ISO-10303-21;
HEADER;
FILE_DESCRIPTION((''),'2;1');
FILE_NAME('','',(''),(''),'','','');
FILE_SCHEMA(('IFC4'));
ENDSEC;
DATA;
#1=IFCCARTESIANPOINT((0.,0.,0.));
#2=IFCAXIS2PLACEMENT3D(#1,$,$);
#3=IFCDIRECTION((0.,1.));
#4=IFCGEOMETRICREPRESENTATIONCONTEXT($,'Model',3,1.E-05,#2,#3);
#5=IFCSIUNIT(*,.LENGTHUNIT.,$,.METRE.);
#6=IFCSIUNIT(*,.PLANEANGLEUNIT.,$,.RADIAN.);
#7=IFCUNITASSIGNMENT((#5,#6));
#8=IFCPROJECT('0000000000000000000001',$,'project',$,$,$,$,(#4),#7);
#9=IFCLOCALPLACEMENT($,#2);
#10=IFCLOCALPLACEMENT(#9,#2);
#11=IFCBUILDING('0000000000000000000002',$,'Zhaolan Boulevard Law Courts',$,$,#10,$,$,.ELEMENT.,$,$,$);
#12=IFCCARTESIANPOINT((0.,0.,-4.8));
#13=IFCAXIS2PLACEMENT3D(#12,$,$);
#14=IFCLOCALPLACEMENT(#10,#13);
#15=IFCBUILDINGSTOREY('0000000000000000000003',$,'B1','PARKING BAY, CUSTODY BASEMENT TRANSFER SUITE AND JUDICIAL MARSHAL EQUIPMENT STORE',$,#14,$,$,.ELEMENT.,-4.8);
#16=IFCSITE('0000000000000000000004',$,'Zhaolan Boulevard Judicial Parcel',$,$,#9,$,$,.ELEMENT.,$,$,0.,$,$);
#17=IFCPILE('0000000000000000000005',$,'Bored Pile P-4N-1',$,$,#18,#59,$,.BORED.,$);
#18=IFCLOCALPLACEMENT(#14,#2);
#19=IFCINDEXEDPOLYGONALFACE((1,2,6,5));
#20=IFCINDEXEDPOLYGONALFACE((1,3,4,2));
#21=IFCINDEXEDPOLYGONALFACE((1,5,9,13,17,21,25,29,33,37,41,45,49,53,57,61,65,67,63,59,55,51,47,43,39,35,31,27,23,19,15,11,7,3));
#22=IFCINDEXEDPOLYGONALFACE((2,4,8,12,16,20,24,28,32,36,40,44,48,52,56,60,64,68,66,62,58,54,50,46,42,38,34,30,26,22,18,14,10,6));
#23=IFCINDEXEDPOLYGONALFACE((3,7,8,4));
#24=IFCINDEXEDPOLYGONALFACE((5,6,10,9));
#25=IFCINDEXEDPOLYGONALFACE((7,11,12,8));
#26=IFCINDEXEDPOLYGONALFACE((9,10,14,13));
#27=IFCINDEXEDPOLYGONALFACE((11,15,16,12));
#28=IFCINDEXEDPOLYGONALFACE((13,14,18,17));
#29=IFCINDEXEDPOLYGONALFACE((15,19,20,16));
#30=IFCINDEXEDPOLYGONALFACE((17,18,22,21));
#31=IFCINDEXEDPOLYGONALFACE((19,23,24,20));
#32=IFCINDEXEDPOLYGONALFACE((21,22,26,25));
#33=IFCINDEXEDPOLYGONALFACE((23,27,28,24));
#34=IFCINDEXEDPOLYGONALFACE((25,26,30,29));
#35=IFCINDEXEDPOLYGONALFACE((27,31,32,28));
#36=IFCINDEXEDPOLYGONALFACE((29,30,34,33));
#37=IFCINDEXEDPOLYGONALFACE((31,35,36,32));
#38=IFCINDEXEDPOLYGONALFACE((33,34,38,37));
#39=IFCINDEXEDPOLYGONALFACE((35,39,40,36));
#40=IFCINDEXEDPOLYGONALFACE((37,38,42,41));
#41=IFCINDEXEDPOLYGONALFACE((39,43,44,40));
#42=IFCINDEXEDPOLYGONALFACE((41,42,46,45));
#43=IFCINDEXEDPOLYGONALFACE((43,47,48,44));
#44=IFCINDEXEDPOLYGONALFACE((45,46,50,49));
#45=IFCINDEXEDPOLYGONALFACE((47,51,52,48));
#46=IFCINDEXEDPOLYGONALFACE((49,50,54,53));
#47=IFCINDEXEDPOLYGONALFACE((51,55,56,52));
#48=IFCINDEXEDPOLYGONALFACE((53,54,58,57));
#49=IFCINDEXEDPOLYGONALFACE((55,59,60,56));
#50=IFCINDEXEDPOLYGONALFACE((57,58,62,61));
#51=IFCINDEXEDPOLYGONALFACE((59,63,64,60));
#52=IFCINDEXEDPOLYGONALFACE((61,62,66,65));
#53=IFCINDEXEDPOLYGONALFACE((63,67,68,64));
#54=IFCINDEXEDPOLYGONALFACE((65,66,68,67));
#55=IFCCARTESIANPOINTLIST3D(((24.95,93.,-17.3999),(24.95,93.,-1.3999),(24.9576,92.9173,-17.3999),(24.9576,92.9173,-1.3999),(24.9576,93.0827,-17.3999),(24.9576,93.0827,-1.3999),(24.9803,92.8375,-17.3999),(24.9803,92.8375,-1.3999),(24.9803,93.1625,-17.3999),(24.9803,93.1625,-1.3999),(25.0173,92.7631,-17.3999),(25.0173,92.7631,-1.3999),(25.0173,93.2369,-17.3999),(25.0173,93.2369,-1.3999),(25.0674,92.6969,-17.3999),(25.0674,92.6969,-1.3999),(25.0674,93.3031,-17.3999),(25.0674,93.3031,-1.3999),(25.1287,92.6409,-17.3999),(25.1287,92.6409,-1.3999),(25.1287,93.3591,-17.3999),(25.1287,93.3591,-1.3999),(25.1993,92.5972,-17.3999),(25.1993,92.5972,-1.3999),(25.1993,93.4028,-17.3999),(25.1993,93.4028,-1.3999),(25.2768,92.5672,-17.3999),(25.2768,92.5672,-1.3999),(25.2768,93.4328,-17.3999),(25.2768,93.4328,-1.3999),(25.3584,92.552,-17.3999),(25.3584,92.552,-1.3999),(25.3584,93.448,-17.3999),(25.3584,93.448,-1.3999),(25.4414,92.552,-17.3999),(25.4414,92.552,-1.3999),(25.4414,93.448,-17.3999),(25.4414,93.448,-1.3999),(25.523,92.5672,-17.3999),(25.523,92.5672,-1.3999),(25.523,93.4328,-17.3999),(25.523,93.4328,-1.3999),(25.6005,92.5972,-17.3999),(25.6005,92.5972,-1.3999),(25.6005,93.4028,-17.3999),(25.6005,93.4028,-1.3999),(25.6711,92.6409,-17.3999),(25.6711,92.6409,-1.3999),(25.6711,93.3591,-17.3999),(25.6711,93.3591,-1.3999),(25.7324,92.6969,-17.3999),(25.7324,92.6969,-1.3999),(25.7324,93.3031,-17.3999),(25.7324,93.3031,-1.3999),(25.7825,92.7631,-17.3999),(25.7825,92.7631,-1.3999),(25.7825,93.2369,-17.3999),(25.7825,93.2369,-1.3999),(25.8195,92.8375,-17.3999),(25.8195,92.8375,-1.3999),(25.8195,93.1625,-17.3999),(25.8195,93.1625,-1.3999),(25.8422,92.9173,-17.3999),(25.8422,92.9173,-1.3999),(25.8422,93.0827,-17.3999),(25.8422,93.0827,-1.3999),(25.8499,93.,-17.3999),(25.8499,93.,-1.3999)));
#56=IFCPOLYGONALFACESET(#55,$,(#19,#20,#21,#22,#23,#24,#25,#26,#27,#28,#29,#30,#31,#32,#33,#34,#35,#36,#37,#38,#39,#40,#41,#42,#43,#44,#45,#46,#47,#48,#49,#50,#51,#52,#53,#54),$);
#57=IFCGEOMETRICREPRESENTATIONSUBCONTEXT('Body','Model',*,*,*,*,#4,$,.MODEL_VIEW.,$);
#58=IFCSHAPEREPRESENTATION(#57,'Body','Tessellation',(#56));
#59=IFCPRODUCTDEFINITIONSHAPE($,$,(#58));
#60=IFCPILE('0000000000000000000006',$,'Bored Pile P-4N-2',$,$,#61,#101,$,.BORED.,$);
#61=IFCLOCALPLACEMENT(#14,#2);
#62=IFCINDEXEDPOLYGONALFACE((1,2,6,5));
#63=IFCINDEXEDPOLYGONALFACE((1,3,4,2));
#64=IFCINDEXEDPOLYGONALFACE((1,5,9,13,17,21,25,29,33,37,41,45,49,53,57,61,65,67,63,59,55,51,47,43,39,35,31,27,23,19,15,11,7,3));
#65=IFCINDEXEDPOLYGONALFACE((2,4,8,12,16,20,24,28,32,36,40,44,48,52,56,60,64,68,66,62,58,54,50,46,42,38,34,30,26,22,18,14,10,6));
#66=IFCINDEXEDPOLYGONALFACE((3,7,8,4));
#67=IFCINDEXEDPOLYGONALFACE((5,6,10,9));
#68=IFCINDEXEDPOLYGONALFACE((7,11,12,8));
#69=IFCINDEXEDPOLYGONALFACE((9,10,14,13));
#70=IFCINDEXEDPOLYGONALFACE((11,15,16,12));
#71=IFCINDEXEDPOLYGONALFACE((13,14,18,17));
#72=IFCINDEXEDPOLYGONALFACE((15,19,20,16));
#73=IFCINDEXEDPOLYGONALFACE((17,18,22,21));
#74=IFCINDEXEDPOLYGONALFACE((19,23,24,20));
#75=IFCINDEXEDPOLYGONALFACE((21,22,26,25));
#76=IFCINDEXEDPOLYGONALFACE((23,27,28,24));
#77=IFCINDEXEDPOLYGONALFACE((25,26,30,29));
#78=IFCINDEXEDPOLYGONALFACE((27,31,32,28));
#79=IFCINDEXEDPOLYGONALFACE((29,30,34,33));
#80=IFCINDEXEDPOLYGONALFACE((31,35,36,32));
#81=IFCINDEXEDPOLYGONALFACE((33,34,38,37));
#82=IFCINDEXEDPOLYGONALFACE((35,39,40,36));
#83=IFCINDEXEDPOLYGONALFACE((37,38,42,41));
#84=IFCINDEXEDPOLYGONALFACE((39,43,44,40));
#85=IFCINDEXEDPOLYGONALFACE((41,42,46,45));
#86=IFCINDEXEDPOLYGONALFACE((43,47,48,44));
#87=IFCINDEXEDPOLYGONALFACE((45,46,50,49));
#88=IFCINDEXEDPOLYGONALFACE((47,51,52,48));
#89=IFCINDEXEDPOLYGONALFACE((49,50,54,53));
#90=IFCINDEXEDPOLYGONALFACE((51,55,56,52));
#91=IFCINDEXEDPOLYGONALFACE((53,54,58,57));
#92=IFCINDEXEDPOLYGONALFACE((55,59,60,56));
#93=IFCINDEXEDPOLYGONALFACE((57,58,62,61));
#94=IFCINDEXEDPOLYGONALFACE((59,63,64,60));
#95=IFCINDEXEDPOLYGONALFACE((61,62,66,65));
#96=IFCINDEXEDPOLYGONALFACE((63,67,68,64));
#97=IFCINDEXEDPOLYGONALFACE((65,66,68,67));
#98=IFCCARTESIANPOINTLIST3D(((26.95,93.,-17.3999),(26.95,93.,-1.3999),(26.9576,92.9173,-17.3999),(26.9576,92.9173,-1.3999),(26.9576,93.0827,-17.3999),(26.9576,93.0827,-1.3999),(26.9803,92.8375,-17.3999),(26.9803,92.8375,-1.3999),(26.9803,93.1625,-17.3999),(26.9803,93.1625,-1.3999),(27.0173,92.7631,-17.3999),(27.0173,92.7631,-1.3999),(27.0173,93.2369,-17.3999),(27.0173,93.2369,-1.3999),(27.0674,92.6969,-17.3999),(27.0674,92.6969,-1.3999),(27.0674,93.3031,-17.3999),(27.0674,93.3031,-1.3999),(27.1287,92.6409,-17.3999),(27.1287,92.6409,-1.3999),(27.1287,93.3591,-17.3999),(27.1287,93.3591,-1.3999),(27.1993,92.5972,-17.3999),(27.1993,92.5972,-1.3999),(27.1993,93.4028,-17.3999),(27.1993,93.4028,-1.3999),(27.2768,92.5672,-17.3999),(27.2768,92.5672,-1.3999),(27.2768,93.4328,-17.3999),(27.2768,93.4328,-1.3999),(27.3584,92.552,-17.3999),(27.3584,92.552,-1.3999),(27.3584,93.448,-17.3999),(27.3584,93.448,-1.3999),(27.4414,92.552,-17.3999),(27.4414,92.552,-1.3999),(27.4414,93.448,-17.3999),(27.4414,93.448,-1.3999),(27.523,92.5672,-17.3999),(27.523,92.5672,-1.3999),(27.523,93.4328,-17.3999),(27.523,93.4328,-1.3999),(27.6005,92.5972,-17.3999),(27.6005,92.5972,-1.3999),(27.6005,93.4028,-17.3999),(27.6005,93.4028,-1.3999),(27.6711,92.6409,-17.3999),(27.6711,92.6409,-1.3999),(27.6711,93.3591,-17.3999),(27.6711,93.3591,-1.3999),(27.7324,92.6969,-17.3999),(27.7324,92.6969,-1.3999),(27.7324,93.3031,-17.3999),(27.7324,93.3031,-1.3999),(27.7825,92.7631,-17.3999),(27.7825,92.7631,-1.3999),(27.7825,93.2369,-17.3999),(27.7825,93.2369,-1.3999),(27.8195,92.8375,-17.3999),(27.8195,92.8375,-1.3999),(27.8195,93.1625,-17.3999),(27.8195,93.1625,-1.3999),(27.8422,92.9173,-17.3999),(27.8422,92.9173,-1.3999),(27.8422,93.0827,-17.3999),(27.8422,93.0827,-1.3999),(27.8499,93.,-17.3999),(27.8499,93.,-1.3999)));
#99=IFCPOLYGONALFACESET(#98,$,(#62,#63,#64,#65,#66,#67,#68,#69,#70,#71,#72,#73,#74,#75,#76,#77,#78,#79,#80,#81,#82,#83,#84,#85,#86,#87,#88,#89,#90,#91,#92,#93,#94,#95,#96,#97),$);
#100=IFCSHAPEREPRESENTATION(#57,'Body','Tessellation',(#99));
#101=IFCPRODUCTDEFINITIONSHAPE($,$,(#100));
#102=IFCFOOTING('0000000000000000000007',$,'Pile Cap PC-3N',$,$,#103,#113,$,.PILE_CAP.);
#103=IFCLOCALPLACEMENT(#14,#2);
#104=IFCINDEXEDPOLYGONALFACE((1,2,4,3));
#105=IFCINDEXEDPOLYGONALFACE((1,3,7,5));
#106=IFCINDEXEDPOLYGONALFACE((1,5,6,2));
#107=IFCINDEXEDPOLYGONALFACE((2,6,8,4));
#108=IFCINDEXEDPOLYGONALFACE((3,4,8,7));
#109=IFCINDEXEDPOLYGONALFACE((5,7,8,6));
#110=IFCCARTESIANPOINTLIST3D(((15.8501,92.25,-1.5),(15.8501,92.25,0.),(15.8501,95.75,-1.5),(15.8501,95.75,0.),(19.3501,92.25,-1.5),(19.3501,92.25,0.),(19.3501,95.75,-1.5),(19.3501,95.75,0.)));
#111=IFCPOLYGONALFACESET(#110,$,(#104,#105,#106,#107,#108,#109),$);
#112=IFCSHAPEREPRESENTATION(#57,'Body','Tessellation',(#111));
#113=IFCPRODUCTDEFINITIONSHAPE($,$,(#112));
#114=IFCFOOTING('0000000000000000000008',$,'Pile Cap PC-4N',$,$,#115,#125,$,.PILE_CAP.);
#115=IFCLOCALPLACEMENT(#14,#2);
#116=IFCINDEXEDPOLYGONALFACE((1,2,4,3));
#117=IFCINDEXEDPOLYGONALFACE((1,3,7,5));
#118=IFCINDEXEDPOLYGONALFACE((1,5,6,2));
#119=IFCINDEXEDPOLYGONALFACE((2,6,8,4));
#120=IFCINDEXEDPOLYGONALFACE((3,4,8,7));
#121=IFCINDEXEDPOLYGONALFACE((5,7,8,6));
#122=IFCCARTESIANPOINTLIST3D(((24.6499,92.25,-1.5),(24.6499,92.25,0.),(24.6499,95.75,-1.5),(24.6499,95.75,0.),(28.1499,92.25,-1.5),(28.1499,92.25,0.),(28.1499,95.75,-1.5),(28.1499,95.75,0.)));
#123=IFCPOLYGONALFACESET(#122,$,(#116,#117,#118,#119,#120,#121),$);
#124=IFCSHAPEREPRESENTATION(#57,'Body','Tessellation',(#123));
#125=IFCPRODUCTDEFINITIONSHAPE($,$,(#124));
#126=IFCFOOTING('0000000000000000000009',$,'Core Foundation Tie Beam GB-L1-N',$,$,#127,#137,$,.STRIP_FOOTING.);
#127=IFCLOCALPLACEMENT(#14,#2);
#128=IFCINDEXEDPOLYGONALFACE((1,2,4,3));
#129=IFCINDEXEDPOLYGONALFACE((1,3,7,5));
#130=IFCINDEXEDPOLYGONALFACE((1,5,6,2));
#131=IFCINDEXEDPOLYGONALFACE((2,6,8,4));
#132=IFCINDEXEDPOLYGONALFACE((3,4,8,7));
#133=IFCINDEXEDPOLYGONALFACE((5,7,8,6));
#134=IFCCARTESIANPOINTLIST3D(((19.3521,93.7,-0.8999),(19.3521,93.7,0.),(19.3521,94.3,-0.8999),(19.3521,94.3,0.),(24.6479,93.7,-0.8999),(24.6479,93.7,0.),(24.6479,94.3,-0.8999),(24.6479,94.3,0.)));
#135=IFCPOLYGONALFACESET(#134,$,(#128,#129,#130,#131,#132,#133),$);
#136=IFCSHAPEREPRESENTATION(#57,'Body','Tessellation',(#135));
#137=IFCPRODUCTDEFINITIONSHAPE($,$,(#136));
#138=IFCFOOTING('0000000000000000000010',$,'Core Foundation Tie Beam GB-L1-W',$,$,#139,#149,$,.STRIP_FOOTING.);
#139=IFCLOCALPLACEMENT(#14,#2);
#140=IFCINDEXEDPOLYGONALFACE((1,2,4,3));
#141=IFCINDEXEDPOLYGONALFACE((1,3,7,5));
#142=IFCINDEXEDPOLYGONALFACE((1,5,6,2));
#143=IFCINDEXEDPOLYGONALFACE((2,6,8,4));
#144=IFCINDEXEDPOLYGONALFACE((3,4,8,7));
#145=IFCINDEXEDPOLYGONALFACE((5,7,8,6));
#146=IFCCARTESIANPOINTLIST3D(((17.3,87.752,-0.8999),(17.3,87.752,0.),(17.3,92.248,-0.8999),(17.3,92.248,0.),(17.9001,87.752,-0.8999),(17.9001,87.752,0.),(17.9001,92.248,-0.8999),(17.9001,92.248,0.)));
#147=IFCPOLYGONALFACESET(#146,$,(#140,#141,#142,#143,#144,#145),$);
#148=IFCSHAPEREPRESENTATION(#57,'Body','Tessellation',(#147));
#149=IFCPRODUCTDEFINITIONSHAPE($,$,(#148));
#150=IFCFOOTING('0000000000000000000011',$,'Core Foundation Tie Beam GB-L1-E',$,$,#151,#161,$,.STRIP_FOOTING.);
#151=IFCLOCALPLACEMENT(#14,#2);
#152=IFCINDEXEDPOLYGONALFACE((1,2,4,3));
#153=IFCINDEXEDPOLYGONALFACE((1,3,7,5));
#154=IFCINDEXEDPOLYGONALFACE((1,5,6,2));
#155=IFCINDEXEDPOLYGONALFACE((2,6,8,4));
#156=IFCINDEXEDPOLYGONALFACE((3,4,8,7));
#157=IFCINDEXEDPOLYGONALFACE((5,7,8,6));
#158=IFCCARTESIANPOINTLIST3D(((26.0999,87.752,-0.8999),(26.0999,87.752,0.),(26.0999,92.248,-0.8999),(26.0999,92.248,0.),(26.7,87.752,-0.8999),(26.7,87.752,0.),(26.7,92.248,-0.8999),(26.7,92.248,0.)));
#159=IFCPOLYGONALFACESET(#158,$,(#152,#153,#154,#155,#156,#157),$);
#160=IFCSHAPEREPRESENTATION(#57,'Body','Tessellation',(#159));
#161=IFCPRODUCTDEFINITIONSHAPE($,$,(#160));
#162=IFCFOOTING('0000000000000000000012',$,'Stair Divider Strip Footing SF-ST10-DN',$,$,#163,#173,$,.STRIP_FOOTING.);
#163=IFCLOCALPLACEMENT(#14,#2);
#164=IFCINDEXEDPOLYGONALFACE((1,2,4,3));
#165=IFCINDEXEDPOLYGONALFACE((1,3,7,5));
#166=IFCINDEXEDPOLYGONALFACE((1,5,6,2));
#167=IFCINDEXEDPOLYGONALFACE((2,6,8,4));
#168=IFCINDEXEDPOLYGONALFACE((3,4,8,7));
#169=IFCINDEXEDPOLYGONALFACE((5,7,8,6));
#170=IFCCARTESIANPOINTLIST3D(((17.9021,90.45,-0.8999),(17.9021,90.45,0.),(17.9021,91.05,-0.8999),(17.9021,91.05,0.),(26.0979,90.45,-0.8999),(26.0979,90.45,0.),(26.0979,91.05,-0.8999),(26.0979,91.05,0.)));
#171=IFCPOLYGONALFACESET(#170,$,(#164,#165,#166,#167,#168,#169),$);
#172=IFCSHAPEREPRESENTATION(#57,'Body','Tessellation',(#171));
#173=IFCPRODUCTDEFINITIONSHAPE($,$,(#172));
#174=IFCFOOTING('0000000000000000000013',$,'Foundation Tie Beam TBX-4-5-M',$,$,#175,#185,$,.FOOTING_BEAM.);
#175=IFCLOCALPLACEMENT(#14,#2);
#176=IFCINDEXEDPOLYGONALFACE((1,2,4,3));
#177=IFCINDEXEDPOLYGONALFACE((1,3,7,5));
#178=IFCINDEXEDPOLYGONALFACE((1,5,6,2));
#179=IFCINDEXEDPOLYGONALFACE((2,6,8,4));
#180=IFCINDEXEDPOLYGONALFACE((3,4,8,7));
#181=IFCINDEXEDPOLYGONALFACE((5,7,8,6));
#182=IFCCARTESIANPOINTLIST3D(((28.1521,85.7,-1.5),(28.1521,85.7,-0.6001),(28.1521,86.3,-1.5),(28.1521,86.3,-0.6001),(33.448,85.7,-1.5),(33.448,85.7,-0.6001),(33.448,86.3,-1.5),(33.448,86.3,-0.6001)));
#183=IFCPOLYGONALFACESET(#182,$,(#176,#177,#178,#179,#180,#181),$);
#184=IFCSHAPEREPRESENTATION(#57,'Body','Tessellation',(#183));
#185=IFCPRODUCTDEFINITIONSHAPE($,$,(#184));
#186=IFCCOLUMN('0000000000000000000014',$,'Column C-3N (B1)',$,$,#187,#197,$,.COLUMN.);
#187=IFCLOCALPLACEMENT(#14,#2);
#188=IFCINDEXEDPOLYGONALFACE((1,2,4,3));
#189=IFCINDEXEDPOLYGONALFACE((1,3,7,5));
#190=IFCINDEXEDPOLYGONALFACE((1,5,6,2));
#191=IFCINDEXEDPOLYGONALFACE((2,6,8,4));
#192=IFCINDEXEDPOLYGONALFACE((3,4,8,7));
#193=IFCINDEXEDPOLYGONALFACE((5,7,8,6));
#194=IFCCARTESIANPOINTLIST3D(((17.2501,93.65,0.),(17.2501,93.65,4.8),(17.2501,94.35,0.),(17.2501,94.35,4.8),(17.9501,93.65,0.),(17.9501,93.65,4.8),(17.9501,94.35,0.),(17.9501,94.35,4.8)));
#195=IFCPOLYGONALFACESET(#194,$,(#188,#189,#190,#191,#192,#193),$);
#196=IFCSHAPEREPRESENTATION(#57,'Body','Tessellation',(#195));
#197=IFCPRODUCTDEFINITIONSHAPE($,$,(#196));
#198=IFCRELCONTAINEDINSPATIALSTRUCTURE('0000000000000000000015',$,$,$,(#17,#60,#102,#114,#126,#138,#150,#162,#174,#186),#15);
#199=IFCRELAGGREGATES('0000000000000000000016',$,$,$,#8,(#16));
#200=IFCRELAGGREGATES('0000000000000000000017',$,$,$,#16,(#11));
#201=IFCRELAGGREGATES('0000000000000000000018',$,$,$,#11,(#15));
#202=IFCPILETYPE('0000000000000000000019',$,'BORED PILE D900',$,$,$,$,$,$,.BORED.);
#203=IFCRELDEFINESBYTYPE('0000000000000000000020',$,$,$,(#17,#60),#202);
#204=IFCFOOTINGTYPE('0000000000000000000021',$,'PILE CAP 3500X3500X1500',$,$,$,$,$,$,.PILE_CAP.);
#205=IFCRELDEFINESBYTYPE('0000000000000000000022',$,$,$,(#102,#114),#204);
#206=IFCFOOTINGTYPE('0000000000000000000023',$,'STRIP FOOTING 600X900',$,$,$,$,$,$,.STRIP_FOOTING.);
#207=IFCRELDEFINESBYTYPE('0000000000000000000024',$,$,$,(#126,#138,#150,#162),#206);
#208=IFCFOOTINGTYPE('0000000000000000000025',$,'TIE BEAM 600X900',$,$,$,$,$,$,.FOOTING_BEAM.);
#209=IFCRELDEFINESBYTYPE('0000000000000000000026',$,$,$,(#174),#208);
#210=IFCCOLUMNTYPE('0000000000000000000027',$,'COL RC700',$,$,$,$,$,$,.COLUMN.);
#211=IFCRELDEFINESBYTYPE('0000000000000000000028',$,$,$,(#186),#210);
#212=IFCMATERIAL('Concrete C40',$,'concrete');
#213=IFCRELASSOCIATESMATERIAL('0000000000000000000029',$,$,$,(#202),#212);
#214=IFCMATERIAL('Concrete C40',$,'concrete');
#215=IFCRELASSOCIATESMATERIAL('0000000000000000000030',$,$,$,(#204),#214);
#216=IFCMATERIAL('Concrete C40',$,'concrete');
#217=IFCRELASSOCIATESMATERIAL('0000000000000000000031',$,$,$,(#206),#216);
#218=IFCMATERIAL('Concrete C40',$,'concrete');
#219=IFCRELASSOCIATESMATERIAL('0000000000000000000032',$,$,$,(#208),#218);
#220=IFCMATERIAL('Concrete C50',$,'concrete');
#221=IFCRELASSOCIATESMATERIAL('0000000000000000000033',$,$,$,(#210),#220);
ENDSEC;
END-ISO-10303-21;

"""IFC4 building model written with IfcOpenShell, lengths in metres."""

from ifc_helpers import new_model, si_unit, direction, frame, origin, origin_2d, place, context, subcontext, project, spatial, rectangle, circle, extrude, material, material_profile, profile_set, type_object, element, save


model = new_model("IFC4")

# Units and contexts
model_context = context("Model", 3, precision=1e-05, world=origin(), true_north=direction((0.0, 1.0)))
body_context = subcontext(model_context, "Body", "Model", "MODEL_VIEW")
ifc_project = project(units=[si_unit("LENGTHUNIT", "METRE"), si_unit("PLANEANGLEUNIT", "RADIAN")], contexts=[model_context])

# Site, building, storey
site_placement = place(None, origin())
site = spatial("IfcSite", under=ifc_project, at=site_placement, Name="Zhaolan Boulevard Judicial Parcel", CompositionType="ELEMENT", RefElevation=0.0)
building_placement = place(site_placement, origin())
building = spatial("IfcBuilding", under=site, at=building_placement, Name="Zhaolan Boulevard Law Courts", CompositionType="ELEMENT")
storey_placement = place(building_placement, frame((0.0, 0.0, -4.8)))
storey = spatial("IfcBuildingStorey", under=building, at=storey_placement, Name="B1", Description="PARKING BAY, CUSTODY BASEMENT TRANSFER SUITE AND JUDICIAL MARSHAL EQUIPMENT STORE", CompositionType="ELEMENT", Elevation=-4.8)

# Piles
ifc_material_1 = material(Name="Concrete C40", Category="concrete")
ifc_material_profile_1 = material_profile(ifc_material_1, circle(Radius=0.45, at=origin_2d()), Name="PILE-D900")
ifc_profile_set_1 = profile_set([ifc_material_profile_1], Name="Concrete C40")
pile_type = type_object("IfcPileType", Name="BORED PILE D900", PredefinedType="BORED", material=ifc_profile_set_1)
for number, where, z_axis, x_axis, name in (
    (1, (25.3999, 93.0, -1.3999), (0.0, 0.0, -1.0), (1.0, 0.0, 0.0), "Bored Pile P-4N-1"),
    (2, (27.3999, 93.0, -1.3999), (0.0, 0.0, -1.0), (1.0, 0.0, 0.0), "Bored Pile P-4N-2"),
):
    element("IfcPile", number, at=place(storey_placement, frame(where, z_axis=z_axis, x_axis=x_axis)), inside=storey, type_object=pile_type, Name=name, PredefinedType="BORED", context=body_context, shape_type="SweptSolid", body=[
        extrude(circle(Radius=0.45, at=origin_2d()), origin(), (0.0, 0.0, 1.0), 16.0),
    ])

# Footings
ifc_material_2 = material(Name="Concrete C40", Category="concrete")
footing_type_1 = type_object("IfcFootingType", Name="PILE CAP 3500X3500X1500", PredefinedType="PILE_CAP", material=ifc_material_2)
for number, where, z_axis, x_axis, name in (
    (3, (17.6001, 94.0, -1.5), (0.0, 0.0, 1.0), (1.0, 0.0, 0.0), "Pile Cap PC-3N"),
    (4, (26.3999, 94.0, -1.5), (0.0, 0.0, 1.0), (1.0, 0.0, 0.0), "Pile Cap PC-4N"),
):
    element("IfcFooting", number, at=place(storey_placement, frame(where, z_axis=z_axis, x_axis=x_axis)), inside=storey, type_object=footing_type_1, Name=name, PredefinedType="PILE_CAP", context=body_context, shape_type="SweptSolid", body=[
        extrude(rectangle(XDim=3.5, YDim=3.5, at=origin_2d()), origin(), (0.0, 0.0, 1.0), 1.5),
    ])
ifc_material_3 = material(Name="Concrete C40", Category="concrete")
ifc_material_profile_2 = material_profile(ifc_material_3, rectangle(XDim=0.6001, YDim=0.8999, at=origin_2d()), Name="RC600x900")
ifc_profile_set_2 = profile_set([ifc_material_profile_2], Name="Concrete C40")
footing_type_2 = type_object("IfcFootingType", Name="STRIP FOOTING 600X900", PredefinedType="STRIP_FOOTING", material=ifc_profile_set_2)
footing_1_placement = place(storey_placement, frame((19.3521, 94.0, -0.45), z_axis=(1.0, 0.0, 0.0), x_axis=(0.0, 1.0, 0.0)))
element("IfcFooting", 5, at=footing_1_placement, inside=storey, type_object=footing_type_2, Name="Core Foundation Tie Beam GB-L1-N", PredefinedType="STRIP_FOOTING", context=body_context, shape_type="SweptSolid", body=[
    extrude(rectangle(XDim=0.6001, YDim=0.8999, at=origin_2d()), origin(), (0.0, 0.0, 1.0), 5.2959),
])
for number, where, z_axis, x_axis, name in (
    (6, (17.6001, 87.752, -0.45), (0.0, 1.0, 0.0), (-1.0, 0.0, 0.0), "Core Foundation Tie Beam GB-L1-W"),
    (7, (26.3999, 87.752, -0.45), (0.0, 1.0, 0.0), (-1.0, 0.0, 0.0), "Core Foundation Tie Beam GB-L1-E"),
):
    element("IfcFooting", number, at=place(storey_placement, frame(where, z_axis=z_axis, x_axis=x_axis)), inside=storey, type_object=footing_type_2, Name=name, PredefinedType="STRIP_FOOTING", context=body_context, shape_type="SweptSolid", body=[
        extrude(rectangle(XDim=0.6001, YDim=0.8999, at=origin_2d()), origin(), (0.0, 0.0, 1.0), 4.4961),
    ])
footing_2_placement = place(storey_placement, frame((17.9021, 90.75, -0.45), z_axis=(1.0, 0.0, 0.0), x_axis=(0.0, 1.0, 0.0)))
element("IfcFooting", 8, at=footing_2_placement, inside=storey, type_object=footing_type_2, Name="Stair Divider Strip Footing SF-ST10-DN", PredefinedType="STRIP_FOOTING", context=body_context, shape_type="SweptSolid", body=[
    extrude(rectangle(XDim=0.6001, YDim=0.8999, at=origin_2d()), origin(), (0.0, 0.0, 1.0), 8.1958),
])
ifc_material_4 = material(Name="Concrete C40", Category="concrete")
ifc_material_profile_3 = material_profile(ifc_material_4, rectangle(XDim=0.6001, YDim=0.8999, at=origin_2d()), Name="RC600x900")
ifc_profile_set_3 = profile_set([ifc_material_profile_3], Name="Concrete C40")
footing_type_3 = type_object("IfcFootingType", Name="TIE BEAM 600X900", PredefinedType="FOOTING_BEAM", material=ifc_profile_set_3)
footing_3_placement = place(storey_placement, frame((28.1521, 86.0, -1.05), z_axis=(1.0, 0.0, 0.0), x_axis=(0.0, 1.0, 0.0)))
element("IfcFooting", 9, at=footing_3_placement, inside=storey, type_object=footing_type_3, Name="Foundation Tie Beam TBX-4-5-M", PredefinedType="FOOTING_BEAM", context=body_context, shape_type="SweptSolid", body=[
    extrude(rectangle(XDim=0.6001, YDim=0.8999, at=origin_2d()), origin(), (0.0, 0.0, 1.0), 5.2959),
])

# Column
ifc_material_5 = material(Name="Concrete C50", Category="concrete")
ifc_material_profile_4 = material_profile(ifc_material_5, rectangle(XDim=0.7, YDim=0.7, at=origin_2d()), Name="RC700x700")
ifc_profile_set_4 = profile_set([ifc_material_profile_4], Name="Concrete C50")
column_type = type_object("IfcColumnType", Name="COL RC700", PredefinedType="COLUMN", material=ifc_profile_set_4)
for number, where, z_axis, x_axis, name in (
    (10, (17.6001, 94.0, 0.0), (0.0, 0.0, 1.0), (1.0, 0.0, 0.0), "Column C-3N (B1)"),
):
    element("IfcColumn", number, at=place(storey_placement, frame(where, z_axis=z_axis, x_axis=x_axis)), inside=storey, type_object=column_type, Name=name, PredefinedType="COLUMN", context=body_context, shape_type="SweptSolid", body=[
        extrude(rectangle(XDim=0.7, YDim=0.7, at=origin_2d()), origin(), (0.0, 0.0, 1.0), 4.8),
    ])

save(model, "model.ifc")
